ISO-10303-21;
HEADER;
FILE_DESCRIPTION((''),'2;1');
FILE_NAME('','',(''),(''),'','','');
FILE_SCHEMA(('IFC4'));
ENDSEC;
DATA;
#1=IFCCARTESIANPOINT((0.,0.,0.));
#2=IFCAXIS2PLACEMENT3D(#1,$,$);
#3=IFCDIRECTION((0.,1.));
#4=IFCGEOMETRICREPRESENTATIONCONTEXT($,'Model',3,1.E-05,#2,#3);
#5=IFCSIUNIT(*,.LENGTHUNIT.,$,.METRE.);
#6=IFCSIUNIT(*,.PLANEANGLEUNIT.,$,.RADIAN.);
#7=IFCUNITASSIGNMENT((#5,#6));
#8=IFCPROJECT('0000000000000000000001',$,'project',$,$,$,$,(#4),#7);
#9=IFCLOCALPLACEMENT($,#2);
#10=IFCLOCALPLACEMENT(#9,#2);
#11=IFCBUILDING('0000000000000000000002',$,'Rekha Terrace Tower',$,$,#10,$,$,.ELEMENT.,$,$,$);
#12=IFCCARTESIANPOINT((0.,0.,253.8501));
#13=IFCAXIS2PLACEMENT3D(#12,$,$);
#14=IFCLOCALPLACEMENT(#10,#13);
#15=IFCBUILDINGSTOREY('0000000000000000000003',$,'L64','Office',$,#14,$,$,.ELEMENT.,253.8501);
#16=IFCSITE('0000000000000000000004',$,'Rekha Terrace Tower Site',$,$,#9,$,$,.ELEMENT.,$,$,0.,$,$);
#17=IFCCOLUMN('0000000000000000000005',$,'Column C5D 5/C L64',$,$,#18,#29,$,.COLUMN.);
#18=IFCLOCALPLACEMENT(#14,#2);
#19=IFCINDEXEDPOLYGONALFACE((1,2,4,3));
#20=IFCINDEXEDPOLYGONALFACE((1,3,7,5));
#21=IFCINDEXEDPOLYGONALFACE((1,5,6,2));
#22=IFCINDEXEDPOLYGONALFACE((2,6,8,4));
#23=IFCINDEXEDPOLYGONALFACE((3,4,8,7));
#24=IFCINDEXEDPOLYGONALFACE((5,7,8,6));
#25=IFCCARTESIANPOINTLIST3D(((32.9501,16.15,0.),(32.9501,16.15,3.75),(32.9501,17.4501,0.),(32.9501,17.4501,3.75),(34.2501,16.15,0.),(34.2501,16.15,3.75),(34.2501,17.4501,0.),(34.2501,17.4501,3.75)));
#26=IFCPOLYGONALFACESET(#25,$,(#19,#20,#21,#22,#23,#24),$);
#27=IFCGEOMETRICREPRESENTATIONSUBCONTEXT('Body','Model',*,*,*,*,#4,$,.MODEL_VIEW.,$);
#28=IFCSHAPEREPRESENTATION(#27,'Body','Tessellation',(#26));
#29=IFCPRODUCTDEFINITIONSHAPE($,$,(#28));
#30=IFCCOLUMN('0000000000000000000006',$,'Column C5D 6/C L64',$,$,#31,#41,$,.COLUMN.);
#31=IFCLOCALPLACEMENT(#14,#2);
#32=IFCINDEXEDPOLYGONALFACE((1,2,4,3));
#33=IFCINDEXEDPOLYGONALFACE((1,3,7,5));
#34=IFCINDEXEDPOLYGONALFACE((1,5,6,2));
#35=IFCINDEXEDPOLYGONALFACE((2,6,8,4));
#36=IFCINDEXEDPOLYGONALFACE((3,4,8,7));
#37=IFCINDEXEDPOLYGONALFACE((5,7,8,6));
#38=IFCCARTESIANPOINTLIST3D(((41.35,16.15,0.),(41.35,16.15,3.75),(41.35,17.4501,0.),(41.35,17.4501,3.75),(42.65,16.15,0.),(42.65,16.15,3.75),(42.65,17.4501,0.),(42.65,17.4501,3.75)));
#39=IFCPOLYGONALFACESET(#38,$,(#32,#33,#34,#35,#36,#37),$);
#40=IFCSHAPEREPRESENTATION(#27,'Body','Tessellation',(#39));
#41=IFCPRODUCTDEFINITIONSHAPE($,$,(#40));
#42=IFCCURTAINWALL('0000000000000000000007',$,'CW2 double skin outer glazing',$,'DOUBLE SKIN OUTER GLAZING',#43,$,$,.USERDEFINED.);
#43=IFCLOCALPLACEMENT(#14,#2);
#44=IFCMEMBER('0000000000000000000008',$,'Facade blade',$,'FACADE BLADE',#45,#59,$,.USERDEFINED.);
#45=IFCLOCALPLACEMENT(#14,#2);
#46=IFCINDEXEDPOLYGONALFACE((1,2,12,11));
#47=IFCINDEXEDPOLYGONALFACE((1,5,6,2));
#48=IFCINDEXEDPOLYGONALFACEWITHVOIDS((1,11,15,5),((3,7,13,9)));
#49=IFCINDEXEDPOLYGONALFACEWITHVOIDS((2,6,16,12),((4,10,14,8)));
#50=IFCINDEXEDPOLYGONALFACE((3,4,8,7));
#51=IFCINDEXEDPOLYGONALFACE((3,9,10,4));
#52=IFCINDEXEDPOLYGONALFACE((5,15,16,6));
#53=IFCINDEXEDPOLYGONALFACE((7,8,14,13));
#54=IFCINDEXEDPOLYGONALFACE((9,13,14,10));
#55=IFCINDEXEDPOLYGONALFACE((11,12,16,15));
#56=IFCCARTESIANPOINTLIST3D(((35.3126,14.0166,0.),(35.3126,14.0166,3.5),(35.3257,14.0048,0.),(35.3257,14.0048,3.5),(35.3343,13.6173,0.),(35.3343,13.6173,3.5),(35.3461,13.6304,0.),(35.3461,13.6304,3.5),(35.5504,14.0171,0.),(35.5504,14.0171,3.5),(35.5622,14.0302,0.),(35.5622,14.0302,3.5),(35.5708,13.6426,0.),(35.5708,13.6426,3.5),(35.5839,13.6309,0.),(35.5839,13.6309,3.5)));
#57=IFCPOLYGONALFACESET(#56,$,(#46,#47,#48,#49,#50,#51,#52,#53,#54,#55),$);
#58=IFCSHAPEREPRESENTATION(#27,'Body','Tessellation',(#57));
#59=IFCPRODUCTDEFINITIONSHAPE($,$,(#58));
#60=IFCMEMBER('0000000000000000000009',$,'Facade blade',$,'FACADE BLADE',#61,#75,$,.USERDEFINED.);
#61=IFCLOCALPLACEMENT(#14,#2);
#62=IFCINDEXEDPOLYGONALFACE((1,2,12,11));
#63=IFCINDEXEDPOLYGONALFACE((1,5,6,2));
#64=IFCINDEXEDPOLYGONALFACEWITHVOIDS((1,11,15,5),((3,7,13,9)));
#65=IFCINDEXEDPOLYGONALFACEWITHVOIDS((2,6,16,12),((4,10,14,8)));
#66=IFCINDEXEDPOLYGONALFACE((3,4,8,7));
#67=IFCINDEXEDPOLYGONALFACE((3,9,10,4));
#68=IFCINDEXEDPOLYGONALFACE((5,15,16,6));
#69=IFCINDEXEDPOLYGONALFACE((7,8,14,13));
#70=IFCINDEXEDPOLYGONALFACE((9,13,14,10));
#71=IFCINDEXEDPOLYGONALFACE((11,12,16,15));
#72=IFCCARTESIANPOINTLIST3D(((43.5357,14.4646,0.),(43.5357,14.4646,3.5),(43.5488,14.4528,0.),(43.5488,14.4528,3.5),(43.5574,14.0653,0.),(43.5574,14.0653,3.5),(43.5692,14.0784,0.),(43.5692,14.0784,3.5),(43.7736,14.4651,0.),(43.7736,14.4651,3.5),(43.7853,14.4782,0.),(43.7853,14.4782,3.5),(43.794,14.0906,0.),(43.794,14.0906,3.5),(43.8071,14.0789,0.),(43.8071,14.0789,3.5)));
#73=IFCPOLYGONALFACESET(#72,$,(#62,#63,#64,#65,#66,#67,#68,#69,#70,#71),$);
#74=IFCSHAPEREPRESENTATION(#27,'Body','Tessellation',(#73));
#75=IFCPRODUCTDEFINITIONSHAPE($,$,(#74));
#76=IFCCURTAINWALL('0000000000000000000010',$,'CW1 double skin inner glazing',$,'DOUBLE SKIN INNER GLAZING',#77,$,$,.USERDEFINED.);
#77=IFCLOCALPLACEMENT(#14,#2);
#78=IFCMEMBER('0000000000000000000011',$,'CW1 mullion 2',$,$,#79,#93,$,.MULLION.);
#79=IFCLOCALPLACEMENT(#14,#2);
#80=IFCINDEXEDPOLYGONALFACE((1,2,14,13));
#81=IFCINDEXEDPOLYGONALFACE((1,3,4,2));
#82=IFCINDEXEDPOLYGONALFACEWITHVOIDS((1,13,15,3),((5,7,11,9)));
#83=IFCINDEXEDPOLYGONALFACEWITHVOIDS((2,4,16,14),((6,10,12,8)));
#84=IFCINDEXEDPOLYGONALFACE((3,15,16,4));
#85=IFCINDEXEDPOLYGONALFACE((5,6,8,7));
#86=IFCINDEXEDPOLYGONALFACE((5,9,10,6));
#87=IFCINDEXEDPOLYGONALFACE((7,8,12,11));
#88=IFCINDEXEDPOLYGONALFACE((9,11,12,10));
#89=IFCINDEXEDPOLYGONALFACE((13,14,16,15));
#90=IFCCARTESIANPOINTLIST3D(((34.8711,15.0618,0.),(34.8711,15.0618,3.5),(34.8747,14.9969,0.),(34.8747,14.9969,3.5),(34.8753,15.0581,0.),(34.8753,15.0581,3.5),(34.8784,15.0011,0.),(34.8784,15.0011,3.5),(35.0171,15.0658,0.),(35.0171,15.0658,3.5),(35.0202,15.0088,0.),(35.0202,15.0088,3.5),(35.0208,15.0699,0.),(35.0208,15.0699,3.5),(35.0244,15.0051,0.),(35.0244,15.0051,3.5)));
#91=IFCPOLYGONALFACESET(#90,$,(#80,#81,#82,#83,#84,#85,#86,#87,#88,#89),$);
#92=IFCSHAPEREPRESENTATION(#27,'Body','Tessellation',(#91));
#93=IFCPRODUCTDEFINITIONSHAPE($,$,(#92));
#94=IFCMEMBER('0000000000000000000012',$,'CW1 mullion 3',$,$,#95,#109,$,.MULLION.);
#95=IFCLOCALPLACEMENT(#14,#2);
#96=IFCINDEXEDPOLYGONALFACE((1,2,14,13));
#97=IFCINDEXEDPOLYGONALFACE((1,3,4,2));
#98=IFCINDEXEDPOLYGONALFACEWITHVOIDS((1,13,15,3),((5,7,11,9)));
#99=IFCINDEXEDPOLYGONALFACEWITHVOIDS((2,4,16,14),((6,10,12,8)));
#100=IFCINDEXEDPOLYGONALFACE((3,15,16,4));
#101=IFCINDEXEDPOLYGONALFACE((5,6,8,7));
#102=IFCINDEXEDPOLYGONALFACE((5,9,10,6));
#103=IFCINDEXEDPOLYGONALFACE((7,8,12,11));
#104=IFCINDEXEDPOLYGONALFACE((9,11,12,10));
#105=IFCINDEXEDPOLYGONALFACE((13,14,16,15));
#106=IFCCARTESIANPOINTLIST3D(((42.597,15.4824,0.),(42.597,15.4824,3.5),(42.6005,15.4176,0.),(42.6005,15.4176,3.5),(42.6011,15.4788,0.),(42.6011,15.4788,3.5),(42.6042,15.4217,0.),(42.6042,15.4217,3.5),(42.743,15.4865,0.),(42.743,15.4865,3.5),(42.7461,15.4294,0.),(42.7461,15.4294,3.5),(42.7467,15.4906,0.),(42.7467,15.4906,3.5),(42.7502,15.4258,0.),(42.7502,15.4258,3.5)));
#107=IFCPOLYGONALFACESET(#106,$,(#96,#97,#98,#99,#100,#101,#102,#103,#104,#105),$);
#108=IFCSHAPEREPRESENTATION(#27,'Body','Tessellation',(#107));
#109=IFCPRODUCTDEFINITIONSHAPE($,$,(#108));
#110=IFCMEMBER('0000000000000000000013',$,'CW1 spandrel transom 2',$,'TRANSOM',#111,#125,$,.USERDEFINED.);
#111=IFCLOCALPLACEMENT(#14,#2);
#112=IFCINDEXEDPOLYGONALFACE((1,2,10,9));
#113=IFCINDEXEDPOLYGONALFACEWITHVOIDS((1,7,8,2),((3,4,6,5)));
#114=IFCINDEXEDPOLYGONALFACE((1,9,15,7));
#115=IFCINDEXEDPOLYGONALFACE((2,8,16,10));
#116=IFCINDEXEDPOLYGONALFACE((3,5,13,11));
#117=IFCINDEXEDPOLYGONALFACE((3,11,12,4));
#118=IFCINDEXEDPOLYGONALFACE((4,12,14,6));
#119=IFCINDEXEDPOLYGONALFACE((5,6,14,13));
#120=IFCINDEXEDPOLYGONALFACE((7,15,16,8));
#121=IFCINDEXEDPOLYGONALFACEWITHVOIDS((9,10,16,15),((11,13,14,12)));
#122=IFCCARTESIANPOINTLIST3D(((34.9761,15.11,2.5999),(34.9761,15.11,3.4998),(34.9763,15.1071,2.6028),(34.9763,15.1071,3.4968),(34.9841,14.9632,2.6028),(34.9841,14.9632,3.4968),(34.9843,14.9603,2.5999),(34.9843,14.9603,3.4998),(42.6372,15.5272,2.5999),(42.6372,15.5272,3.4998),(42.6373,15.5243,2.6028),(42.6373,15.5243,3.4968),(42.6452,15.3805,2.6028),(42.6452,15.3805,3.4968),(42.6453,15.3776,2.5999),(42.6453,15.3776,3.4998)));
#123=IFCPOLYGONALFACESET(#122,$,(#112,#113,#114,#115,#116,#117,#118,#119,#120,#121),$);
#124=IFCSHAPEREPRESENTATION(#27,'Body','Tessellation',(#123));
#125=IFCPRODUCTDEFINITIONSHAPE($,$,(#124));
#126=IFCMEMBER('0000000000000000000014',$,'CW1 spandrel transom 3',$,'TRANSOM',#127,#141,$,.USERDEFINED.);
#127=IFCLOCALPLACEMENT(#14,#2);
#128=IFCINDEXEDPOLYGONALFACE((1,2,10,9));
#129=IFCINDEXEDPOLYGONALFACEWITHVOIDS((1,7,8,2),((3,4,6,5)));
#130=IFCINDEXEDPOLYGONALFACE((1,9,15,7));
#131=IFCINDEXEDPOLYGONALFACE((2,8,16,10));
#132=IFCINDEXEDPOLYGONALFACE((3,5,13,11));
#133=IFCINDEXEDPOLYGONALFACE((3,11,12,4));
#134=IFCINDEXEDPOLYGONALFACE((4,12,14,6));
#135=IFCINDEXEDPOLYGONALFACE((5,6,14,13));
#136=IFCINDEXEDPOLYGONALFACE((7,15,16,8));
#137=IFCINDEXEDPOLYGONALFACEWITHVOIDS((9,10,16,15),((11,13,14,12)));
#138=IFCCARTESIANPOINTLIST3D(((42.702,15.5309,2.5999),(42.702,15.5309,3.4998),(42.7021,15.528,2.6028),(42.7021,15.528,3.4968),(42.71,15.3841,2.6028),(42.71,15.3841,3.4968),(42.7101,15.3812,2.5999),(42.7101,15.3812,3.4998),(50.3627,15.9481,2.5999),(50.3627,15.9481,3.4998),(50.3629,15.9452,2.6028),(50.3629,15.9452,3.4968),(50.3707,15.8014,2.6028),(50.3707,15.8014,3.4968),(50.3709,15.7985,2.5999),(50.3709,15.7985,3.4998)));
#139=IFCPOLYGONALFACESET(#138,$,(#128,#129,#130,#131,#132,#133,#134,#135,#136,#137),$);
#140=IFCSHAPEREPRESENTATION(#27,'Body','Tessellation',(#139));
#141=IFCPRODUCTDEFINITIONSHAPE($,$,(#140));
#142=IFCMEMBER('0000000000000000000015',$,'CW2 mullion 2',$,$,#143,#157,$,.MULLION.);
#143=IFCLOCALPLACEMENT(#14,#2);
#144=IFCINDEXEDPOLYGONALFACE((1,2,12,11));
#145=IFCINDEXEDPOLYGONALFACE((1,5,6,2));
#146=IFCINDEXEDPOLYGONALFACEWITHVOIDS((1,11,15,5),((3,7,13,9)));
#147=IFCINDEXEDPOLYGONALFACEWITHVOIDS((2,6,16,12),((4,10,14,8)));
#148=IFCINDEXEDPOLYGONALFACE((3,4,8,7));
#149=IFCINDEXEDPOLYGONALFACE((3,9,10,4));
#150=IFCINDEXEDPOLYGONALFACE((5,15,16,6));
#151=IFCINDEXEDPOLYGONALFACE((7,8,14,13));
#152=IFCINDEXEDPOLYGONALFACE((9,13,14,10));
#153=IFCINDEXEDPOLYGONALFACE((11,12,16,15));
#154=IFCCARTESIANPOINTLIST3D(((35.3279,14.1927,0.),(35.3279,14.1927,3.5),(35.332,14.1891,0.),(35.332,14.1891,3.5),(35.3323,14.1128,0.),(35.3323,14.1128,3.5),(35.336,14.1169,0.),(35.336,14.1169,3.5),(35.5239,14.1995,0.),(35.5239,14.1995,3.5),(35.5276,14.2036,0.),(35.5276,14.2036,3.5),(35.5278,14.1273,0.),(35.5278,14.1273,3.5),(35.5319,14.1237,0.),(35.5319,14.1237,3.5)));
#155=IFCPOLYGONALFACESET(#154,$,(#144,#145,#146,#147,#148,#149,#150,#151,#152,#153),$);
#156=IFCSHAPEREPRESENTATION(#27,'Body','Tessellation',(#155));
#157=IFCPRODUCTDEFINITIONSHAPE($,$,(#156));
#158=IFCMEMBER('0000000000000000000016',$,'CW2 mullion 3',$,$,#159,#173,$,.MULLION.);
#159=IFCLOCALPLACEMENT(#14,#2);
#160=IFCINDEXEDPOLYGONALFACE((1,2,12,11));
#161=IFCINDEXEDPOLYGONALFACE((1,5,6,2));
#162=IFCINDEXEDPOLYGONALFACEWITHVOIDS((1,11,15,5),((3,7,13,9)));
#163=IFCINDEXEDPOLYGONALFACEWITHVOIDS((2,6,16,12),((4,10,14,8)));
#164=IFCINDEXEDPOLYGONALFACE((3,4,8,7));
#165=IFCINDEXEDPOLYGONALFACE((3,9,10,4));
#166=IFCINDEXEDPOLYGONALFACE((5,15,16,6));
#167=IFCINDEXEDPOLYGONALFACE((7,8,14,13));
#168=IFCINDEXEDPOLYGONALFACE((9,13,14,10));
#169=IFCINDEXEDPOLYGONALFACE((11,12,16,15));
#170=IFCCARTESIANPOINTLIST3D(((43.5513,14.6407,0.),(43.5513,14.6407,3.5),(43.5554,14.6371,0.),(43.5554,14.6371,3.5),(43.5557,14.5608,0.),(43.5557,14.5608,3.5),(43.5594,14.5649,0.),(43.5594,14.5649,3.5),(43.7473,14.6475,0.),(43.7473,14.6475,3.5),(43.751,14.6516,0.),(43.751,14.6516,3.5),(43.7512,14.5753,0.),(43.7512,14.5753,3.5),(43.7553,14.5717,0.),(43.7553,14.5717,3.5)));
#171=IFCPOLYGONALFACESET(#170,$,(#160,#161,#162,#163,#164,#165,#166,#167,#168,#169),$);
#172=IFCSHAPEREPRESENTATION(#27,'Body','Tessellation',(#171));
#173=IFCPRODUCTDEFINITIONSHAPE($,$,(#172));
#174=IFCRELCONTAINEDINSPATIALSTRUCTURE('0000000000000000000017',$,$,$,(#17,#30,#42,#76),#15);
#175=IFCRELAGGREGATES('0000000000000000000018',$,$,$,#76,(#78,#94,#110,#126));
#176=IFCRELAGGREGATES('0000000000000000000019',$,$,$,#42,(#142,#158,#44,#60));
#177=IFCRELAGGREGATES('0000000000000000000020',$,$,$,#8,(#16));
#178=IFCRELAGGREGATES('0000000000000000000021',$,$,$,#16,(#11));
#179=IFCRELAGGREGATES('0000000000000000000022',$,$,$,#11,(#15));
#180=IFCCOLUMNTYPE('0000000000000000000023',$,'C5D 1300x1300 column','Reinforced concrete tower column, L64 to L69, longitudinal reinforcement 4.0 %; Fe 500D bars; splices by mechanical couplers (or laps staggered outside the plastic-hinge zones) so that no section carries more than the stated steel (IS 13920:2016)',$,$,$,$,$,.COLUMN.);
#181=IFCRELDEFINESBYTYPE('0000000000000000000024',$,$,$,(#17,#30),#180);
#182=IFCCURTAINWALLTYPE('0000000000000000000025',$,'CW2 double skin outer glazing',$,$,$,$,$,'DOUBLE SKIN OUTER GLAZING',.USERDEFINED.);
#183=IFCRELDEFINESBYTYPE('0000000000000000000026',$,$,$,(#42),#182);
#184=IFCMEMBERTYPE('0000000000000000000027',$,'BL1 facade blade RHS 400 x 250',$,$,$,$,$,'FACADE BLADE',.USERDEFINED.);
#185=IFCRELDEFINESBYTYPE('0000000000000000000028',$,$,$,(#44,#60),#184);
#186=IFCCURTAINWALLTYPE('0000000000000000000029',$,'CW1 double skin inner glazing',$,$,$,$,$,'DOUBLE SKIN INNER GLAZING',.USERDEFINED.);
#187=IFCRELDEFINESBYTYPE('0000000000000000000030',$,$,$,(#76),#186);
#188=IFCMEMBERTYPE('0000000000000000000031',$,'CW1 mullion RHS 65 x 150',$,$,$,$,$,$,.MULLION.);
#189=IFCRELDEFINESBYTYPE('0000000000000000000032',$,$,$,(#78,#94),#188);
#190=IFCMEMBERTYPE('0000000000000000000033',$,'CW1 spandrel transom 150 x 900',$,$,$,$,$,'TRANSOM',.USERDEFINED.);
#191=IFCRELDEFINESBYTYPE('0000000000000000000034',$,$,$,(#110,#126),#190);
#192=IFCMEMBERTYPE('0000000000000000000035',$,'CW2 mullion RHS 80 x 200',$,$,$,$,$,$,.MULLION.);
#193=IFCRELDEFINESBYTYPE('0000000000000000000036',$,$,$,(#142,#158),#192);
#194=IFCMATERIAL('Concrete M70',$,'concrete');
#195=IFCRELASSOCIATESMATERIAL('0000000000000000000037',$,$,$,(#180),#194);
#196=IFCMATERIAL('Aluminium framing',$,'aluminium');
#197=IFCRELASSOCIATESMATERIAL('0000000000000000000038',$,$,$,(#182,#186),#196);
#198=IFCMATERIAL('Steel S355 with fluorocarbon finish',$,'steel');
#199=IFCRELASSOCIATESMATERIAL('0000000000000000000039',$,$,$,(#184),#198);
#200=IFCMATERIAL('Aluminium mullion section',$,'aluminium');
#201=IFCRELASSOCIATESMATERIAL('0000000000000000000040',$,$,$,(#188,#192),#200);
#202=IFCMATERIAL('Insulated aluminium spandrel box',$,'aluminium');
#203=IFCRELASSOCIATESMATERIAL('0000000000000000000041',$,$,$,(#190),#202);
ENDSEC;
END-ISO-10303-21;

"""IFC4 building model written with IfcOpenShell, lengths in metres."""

from ifc_helpers import new_model, si_unit, direction, frame, origin, origin_2d, place, context, subcontext, project, spatial, rectangle, hollow_rectangle, extrude, material, material_profile, profile_set, type_object, element, aggregate, save


model = new_model("IFC4")

# Units and contexts
model_context = context("Model", 3, precision=1e-05, world=origin(), true_north=direction((0.0, 1.0)))
body_context = subcontext(model_context, "Body", "Model", "MODEL_VIEW")
ifc_project = project(units=[si_unit("LENGTHUNIT", "METRE"), si_unit("PLANEANGLEUNIT", "RADIAN")], contexts=[model_context])

# Site, building, storey
site_placement = place(None, origin())
site = spatial("IfcSite", under=ifc_project, at=site_placement, Name="Rekha Terrace Tower Site", CompositionType="ELEMENT", RefElevation=0.0)
building_placement = place(site_placement, origin())
building = spatial("IfcBuilding", under=site, at=building_placement, Name="Rekha Terrace Tower", CompositionType="ELEMENT")
storey_placement = place(building_placement, frame((0.0, 0.0, 253.8501)))
storey = spatial("IfcBuildingStorey", under=building, at=storey_placement, Name="L64", Description="Office", CompositionType="ELEMENT", Elevation=253.8501)

# Columns
ifc_material_1 = material(Name="Concrete M70", Category="concrete")
ifc_material_profile_1 = material_profile(ifc_material_1, rectangle(XDim=1.3, YDim=1.3, at=origin_2d()), Name="RC 1300x1300")
ifc_profile_set_1 = profile_set([ifc_material_profile_1], Name="Concrete M70")
column_type = type_object("IfcColumnType", Name="C5D 1300x1300 column", Description="Reinforced concrete tower column, L64 to L69, longitudinal reinforcement 4.0 %; Fe 500D bars; splices by mechanical couplers (or laps staggered outside the plastic-hinge zones) so that no section carries more than the stated steel (IS 13920:2016)", PredefinedType="COLUMN", material=ifc_profile_set_1)
for number, where, z_axis, x_axis, name in (
    (1, (33.6001, 16.8, 0.0), (0.0, 0.0, 1.0), (1.0, 0.0, 0.0), "Column C5D 5/C L64"),
    (2, (42.0, 16.8, 0.0), (0.0, 0.0, 1.0), (1.0, 0.0, 0.0), "Column C5D 6/C L64"),
):
    element("IfcColumn", number, at=place(storey_placement, frame(where, z_axis=z_axis, x_axis=x_axis)), inside=storey, type_object=column_type, Name=name, PredefinedType="COLUMN", context=body_context, shape_type="SweptSolid", body=[
        extrude(rectangle(XDim=1.3, YDim=1.3, at=origin_2d()), origin(), (0.0, 0.0, 1.0), 3.75),
    ])

# Curtain walls, members
ifc_material_2 = material(Name="Aluminium framing", Category="aluminium")
curtain_wall_type_1 = type_object("IfcCurtainWallType", Name="CW2 double skin outer glazing", ElementType="DOUBLE SKIN OUTER GLAZING", PredefinedType="USERDEFINED", material=ifc_material_2)
curtain_wall_1_placement = place(storey_placement, origin())
curtain_wall_1 = element("IfcCurtainWall", 3, at=curtain_wall_1_placement, inside=storey, type_object=curtain_wall_type_1, Name="CW2 double skin outer glazing", ObjectType="DOUBLE SKIN OUTER GLAZING", PredefinedType="USERDEFINED")
ifc_material_3 = material(Name="Steel S355 with fluorocarbon finish", Category="steel")
ifc_material_profile_2 = material_profile(ifc_material_3, hollow_rectangle(XDim=0.25, YDim=0.3999, WallThickness=0.0125, at=origin_2d()), Name="RHS400x250x12.5")
ifc_profile_set_2 = profile_set([ifc_material_profile_2], Name="Steel S355 with fluorocarbon finish")
member_type_1 = type_object("IfcMemberType", Name="BL1 facade blade RHS 400 x 250", ElementType="FACADE BLADE", PredefinedType="USERDEFINED", material=ifc_profile_set_2)
member_1_placement = place(storey_placement, frame((35.4482, 13.8237, 0.0), z_axis=(0.0, 0.0, 1.0), x_axis=(0.99852, 0.054389, 0.0)))
member_1 = element("IfcMember", 4, at=member_1_placement, type_object=member_type_1, Name="Facade blade", ObjectType="FACADE BLADE", PredefinedType="USERDEFINED", context=body_context, shape_type="SweptSolid", body=[
    extrude(hollow_rectangle(XDim=0.25, YDim=0.3999, WallThickness=0.0125, at=origin_2d()), origin(), (0.0, 0.0, 1.0), 3.5),
])
member_2_placement = place(storey_placement, frame((43.6714, 14.2717, 0.0), z_axis=(0.0, 0.0, 1.0), x_axis=(0.99852, 0.054389, 0.0)))
member_2 = element("IfcMember", 5, at=member_2_placement, type_object=member_type_1, Name="Facade blade", ObjectType="FACADE BLADE", PredefinedType="USERDEFINED", context=body_context, shape_type="SweptSolid", body=[
    extrude(hollow_rectangle(XDim=0.25, YDim=0.3999, WallThickness=0.0125, at=origin_2d()), origin(), (0.0, 0.0, 1.0), 3.5),
])
curtain_wall_type_2 = type_object("IfcCurtainWallType", Name="CW1 double skin inner glazing", ElementType="DOUBLE SKIN INNER GLAZING", PredefinedType="USERDEFINED", material=ifc_material_2)
curtain_wall_2_placement = place(storey_placement, origin())
curtain_wall_2 = element("IfcCurtainWall", 6, at=curtain_wall_2_placement, inside=storey, type_object=curtain_wall_type_2, Name="CW1 double skin inner glazing", ObjectType="DOUBLE SKIN INNER GLAZING", PredefinedType="USERDEFINED")
ifc_material_4 = material(Name="Aluminium mullion section", Category="aluminium")
ifc_material_profile_3 = material_profile(ifc_material_4, hollow_rectangle(XDim=0.0649, YDim=0.1499, WallThickness=0.0039, at=origin_2d()), Name="AL RHS 65x150")
ifc_profile_set_3 = profile_set([ifc_material_profile_3], Name="Aluminium mullion section")
member_type_2 = type_object("IfcMemberType", Name="CW1 mullion RHS 65 x 150", PredefinedType="MULLION", material=ifc_profile_set_3)
member_3_placement = place(storey_placement, frame((34.9478, 15.0334, 0.0), z_axis=(0.0, 0.0, 1.0), x_axis=(-0.054389, 0.99852, 0.0)))
member_3 = element("IfcMember", 7, at=member_3_placement, type_object=member_type_2, Name="CW1 mullion 2", PredefinedType="MULLION", context=body_context, shape_type="SweptSolid", body=[
    extrude(hollow_rectangle(XDim=0.0649, YDim=0.1499, WallThickness=0.0039, at=origin_2d()), origin(), (0.0, 0.0, 1.0), 3.5),
])
member_4_placement = place(storey_placement, frame((42.6736, 15.4541, 0.0), z_axis=(0.0, 0.0, 1.0), x_axis=(-0.054389, 0.99852, 0.0)))
member_4 = element("IfcMember", 8, at=member_4_placement, type_object=member_type_2, Name="CW1 mullion 3", PredefinedType="MULLION", context=body_context, shape_type="SweptSolid", body=[
    extrude(hollow_rectangle(XDim=0.0649, YDim=0.1499, WallThickness=0.0039, at=origin_2d()), origin(), (0.0, 0.0, 1.0), 3.5),
])
ifc_material_5 = material(Name="Insulated aluminium spandrel box", Category="aluminium")
ifc_material_profile_4 = material_profile(ifc_material_5, hollow_rectangle(XDim=0.1499, YDim=0.8999, WallThickness=0.0029, at=origin_2d()), Name="AL SPANDREL BOX 150x900")
ifc_profile_set_4 = profile_set([ifc_material_profile_4], Name="Insulated aluminium spandrel box")
member_type_3 = type_object("IfcMemberType", Name="CW1 spandrel transom 150 x 900", ElementType="TRANSOM", PredefinedType="USERDEFINED", material=ifc_profile_set_4)
member_5_placement = place(storey_placement, frame((34.9802, 15.0352, 3.0498), z_axis=(0.99852, 0.054383, 0.0), x_axis=(-0.054383, 0.99852, 0.0)))
member_5 = element("IfcMember", 9, at=member_5_placement, type_object=member_type_3, Name="CW1 spandrel transom 2", ObjectType="TRANSOM", PredefinedType="USERDEFINED", context=body_context, shape_type="SweptSolid", body=[
    extrude(hollow_rectangle(XDim=0.1499, YDim=0.8999, WallThickness=0.0029, at=origin_2d()), origin(), (0.0, 0.0, 1.0), 7.6724),
])
member_6_placement = place(storey_placement, frame((42.7061, 15.4561, 3.0498), z_axis=(0.99852, 0.054384, 0.0), x_axis=(-0.054384, 0.99852, 0.0)))
member_6 = element("IfcMember", 10, at=member_6_placement, type_object=member_type_3, Name="CW1 spandrel transom 3", ObjectType="TRANSOM", PredefinedType="USERDEFINED", context=body_context, shape_type="SweptSolid", body=[
    extrude(hollow_rectangle(XDim=0.1499, YDim=0.8999, WallThickness=0.0029, at=origin_2d()), origin(), (0.0, 0.0, 1.0), 7.6721),
])

# Members
ifc_material_profile_5 = material_profile(ifc_material_4, hollow_rectangle(XDim=0.0801, YDim=0.2, WallThickness=0.0039, at=origin_2d()), Name="AL RHS 80x200")
ifc_profile_set_5 = profile_set([ifc_material_profile_5], Name="Aluminium mullion section")
member_type_4 = type_object("IfcMemberType", Name="CW2 mullion RHS 80 x 200", PredefinedType="MULLION", material=ifc_profile_set_5)
member_7_placement = place(storey_placement, frame((35.4299, 14.1582, 0.0), z_axis=(0.0, 0.0, 1.0), x_axis=(-0.054389, 0.99852, 0.0)))
member_7 = element("IfcMember", 11, at=member_7_placement, type_object=member_type_4, Name="CW2 mullion 2", PredefinedType="MULLION", context=body_context, shape_type="SweptSolid", body=[
    extrude(hollow_rectangle(XDim=0.0801, YDim=0.2, WallThickness=0.0039, at=origin_2d()), origin(), (0.0, 0.0, 1.0), 3.5),
])
member_8_placement = place(storey_placement, frame((43.6533, 14.6062, 0.0), z_axis=(0.0, 0.0, 1.0), x_axis=(-0.054389, 0.99852, 0.0)))
member_8 = element("IfcMember", 12, at=member_8_placement, type_object=member_type_4, Name="CW2 mullion 3", PredefinedType="MULLION", context=body_context, shape_type="SweptSolid", body=[
    extrude(hollow_rectangle(XDim=0.0801, YDim=0.2, WallThickness=0.0039, at=origin_2d()), origin(), (0.0, 0.0, 1.0), 3.5),
])

aggregate(curtain_wall_2, [member_3, member_4, member_5, member_6])
aggregate(curtain_wall_1, [member_7, member_8, member_1, member_2])

save(model, "model.ifc")
